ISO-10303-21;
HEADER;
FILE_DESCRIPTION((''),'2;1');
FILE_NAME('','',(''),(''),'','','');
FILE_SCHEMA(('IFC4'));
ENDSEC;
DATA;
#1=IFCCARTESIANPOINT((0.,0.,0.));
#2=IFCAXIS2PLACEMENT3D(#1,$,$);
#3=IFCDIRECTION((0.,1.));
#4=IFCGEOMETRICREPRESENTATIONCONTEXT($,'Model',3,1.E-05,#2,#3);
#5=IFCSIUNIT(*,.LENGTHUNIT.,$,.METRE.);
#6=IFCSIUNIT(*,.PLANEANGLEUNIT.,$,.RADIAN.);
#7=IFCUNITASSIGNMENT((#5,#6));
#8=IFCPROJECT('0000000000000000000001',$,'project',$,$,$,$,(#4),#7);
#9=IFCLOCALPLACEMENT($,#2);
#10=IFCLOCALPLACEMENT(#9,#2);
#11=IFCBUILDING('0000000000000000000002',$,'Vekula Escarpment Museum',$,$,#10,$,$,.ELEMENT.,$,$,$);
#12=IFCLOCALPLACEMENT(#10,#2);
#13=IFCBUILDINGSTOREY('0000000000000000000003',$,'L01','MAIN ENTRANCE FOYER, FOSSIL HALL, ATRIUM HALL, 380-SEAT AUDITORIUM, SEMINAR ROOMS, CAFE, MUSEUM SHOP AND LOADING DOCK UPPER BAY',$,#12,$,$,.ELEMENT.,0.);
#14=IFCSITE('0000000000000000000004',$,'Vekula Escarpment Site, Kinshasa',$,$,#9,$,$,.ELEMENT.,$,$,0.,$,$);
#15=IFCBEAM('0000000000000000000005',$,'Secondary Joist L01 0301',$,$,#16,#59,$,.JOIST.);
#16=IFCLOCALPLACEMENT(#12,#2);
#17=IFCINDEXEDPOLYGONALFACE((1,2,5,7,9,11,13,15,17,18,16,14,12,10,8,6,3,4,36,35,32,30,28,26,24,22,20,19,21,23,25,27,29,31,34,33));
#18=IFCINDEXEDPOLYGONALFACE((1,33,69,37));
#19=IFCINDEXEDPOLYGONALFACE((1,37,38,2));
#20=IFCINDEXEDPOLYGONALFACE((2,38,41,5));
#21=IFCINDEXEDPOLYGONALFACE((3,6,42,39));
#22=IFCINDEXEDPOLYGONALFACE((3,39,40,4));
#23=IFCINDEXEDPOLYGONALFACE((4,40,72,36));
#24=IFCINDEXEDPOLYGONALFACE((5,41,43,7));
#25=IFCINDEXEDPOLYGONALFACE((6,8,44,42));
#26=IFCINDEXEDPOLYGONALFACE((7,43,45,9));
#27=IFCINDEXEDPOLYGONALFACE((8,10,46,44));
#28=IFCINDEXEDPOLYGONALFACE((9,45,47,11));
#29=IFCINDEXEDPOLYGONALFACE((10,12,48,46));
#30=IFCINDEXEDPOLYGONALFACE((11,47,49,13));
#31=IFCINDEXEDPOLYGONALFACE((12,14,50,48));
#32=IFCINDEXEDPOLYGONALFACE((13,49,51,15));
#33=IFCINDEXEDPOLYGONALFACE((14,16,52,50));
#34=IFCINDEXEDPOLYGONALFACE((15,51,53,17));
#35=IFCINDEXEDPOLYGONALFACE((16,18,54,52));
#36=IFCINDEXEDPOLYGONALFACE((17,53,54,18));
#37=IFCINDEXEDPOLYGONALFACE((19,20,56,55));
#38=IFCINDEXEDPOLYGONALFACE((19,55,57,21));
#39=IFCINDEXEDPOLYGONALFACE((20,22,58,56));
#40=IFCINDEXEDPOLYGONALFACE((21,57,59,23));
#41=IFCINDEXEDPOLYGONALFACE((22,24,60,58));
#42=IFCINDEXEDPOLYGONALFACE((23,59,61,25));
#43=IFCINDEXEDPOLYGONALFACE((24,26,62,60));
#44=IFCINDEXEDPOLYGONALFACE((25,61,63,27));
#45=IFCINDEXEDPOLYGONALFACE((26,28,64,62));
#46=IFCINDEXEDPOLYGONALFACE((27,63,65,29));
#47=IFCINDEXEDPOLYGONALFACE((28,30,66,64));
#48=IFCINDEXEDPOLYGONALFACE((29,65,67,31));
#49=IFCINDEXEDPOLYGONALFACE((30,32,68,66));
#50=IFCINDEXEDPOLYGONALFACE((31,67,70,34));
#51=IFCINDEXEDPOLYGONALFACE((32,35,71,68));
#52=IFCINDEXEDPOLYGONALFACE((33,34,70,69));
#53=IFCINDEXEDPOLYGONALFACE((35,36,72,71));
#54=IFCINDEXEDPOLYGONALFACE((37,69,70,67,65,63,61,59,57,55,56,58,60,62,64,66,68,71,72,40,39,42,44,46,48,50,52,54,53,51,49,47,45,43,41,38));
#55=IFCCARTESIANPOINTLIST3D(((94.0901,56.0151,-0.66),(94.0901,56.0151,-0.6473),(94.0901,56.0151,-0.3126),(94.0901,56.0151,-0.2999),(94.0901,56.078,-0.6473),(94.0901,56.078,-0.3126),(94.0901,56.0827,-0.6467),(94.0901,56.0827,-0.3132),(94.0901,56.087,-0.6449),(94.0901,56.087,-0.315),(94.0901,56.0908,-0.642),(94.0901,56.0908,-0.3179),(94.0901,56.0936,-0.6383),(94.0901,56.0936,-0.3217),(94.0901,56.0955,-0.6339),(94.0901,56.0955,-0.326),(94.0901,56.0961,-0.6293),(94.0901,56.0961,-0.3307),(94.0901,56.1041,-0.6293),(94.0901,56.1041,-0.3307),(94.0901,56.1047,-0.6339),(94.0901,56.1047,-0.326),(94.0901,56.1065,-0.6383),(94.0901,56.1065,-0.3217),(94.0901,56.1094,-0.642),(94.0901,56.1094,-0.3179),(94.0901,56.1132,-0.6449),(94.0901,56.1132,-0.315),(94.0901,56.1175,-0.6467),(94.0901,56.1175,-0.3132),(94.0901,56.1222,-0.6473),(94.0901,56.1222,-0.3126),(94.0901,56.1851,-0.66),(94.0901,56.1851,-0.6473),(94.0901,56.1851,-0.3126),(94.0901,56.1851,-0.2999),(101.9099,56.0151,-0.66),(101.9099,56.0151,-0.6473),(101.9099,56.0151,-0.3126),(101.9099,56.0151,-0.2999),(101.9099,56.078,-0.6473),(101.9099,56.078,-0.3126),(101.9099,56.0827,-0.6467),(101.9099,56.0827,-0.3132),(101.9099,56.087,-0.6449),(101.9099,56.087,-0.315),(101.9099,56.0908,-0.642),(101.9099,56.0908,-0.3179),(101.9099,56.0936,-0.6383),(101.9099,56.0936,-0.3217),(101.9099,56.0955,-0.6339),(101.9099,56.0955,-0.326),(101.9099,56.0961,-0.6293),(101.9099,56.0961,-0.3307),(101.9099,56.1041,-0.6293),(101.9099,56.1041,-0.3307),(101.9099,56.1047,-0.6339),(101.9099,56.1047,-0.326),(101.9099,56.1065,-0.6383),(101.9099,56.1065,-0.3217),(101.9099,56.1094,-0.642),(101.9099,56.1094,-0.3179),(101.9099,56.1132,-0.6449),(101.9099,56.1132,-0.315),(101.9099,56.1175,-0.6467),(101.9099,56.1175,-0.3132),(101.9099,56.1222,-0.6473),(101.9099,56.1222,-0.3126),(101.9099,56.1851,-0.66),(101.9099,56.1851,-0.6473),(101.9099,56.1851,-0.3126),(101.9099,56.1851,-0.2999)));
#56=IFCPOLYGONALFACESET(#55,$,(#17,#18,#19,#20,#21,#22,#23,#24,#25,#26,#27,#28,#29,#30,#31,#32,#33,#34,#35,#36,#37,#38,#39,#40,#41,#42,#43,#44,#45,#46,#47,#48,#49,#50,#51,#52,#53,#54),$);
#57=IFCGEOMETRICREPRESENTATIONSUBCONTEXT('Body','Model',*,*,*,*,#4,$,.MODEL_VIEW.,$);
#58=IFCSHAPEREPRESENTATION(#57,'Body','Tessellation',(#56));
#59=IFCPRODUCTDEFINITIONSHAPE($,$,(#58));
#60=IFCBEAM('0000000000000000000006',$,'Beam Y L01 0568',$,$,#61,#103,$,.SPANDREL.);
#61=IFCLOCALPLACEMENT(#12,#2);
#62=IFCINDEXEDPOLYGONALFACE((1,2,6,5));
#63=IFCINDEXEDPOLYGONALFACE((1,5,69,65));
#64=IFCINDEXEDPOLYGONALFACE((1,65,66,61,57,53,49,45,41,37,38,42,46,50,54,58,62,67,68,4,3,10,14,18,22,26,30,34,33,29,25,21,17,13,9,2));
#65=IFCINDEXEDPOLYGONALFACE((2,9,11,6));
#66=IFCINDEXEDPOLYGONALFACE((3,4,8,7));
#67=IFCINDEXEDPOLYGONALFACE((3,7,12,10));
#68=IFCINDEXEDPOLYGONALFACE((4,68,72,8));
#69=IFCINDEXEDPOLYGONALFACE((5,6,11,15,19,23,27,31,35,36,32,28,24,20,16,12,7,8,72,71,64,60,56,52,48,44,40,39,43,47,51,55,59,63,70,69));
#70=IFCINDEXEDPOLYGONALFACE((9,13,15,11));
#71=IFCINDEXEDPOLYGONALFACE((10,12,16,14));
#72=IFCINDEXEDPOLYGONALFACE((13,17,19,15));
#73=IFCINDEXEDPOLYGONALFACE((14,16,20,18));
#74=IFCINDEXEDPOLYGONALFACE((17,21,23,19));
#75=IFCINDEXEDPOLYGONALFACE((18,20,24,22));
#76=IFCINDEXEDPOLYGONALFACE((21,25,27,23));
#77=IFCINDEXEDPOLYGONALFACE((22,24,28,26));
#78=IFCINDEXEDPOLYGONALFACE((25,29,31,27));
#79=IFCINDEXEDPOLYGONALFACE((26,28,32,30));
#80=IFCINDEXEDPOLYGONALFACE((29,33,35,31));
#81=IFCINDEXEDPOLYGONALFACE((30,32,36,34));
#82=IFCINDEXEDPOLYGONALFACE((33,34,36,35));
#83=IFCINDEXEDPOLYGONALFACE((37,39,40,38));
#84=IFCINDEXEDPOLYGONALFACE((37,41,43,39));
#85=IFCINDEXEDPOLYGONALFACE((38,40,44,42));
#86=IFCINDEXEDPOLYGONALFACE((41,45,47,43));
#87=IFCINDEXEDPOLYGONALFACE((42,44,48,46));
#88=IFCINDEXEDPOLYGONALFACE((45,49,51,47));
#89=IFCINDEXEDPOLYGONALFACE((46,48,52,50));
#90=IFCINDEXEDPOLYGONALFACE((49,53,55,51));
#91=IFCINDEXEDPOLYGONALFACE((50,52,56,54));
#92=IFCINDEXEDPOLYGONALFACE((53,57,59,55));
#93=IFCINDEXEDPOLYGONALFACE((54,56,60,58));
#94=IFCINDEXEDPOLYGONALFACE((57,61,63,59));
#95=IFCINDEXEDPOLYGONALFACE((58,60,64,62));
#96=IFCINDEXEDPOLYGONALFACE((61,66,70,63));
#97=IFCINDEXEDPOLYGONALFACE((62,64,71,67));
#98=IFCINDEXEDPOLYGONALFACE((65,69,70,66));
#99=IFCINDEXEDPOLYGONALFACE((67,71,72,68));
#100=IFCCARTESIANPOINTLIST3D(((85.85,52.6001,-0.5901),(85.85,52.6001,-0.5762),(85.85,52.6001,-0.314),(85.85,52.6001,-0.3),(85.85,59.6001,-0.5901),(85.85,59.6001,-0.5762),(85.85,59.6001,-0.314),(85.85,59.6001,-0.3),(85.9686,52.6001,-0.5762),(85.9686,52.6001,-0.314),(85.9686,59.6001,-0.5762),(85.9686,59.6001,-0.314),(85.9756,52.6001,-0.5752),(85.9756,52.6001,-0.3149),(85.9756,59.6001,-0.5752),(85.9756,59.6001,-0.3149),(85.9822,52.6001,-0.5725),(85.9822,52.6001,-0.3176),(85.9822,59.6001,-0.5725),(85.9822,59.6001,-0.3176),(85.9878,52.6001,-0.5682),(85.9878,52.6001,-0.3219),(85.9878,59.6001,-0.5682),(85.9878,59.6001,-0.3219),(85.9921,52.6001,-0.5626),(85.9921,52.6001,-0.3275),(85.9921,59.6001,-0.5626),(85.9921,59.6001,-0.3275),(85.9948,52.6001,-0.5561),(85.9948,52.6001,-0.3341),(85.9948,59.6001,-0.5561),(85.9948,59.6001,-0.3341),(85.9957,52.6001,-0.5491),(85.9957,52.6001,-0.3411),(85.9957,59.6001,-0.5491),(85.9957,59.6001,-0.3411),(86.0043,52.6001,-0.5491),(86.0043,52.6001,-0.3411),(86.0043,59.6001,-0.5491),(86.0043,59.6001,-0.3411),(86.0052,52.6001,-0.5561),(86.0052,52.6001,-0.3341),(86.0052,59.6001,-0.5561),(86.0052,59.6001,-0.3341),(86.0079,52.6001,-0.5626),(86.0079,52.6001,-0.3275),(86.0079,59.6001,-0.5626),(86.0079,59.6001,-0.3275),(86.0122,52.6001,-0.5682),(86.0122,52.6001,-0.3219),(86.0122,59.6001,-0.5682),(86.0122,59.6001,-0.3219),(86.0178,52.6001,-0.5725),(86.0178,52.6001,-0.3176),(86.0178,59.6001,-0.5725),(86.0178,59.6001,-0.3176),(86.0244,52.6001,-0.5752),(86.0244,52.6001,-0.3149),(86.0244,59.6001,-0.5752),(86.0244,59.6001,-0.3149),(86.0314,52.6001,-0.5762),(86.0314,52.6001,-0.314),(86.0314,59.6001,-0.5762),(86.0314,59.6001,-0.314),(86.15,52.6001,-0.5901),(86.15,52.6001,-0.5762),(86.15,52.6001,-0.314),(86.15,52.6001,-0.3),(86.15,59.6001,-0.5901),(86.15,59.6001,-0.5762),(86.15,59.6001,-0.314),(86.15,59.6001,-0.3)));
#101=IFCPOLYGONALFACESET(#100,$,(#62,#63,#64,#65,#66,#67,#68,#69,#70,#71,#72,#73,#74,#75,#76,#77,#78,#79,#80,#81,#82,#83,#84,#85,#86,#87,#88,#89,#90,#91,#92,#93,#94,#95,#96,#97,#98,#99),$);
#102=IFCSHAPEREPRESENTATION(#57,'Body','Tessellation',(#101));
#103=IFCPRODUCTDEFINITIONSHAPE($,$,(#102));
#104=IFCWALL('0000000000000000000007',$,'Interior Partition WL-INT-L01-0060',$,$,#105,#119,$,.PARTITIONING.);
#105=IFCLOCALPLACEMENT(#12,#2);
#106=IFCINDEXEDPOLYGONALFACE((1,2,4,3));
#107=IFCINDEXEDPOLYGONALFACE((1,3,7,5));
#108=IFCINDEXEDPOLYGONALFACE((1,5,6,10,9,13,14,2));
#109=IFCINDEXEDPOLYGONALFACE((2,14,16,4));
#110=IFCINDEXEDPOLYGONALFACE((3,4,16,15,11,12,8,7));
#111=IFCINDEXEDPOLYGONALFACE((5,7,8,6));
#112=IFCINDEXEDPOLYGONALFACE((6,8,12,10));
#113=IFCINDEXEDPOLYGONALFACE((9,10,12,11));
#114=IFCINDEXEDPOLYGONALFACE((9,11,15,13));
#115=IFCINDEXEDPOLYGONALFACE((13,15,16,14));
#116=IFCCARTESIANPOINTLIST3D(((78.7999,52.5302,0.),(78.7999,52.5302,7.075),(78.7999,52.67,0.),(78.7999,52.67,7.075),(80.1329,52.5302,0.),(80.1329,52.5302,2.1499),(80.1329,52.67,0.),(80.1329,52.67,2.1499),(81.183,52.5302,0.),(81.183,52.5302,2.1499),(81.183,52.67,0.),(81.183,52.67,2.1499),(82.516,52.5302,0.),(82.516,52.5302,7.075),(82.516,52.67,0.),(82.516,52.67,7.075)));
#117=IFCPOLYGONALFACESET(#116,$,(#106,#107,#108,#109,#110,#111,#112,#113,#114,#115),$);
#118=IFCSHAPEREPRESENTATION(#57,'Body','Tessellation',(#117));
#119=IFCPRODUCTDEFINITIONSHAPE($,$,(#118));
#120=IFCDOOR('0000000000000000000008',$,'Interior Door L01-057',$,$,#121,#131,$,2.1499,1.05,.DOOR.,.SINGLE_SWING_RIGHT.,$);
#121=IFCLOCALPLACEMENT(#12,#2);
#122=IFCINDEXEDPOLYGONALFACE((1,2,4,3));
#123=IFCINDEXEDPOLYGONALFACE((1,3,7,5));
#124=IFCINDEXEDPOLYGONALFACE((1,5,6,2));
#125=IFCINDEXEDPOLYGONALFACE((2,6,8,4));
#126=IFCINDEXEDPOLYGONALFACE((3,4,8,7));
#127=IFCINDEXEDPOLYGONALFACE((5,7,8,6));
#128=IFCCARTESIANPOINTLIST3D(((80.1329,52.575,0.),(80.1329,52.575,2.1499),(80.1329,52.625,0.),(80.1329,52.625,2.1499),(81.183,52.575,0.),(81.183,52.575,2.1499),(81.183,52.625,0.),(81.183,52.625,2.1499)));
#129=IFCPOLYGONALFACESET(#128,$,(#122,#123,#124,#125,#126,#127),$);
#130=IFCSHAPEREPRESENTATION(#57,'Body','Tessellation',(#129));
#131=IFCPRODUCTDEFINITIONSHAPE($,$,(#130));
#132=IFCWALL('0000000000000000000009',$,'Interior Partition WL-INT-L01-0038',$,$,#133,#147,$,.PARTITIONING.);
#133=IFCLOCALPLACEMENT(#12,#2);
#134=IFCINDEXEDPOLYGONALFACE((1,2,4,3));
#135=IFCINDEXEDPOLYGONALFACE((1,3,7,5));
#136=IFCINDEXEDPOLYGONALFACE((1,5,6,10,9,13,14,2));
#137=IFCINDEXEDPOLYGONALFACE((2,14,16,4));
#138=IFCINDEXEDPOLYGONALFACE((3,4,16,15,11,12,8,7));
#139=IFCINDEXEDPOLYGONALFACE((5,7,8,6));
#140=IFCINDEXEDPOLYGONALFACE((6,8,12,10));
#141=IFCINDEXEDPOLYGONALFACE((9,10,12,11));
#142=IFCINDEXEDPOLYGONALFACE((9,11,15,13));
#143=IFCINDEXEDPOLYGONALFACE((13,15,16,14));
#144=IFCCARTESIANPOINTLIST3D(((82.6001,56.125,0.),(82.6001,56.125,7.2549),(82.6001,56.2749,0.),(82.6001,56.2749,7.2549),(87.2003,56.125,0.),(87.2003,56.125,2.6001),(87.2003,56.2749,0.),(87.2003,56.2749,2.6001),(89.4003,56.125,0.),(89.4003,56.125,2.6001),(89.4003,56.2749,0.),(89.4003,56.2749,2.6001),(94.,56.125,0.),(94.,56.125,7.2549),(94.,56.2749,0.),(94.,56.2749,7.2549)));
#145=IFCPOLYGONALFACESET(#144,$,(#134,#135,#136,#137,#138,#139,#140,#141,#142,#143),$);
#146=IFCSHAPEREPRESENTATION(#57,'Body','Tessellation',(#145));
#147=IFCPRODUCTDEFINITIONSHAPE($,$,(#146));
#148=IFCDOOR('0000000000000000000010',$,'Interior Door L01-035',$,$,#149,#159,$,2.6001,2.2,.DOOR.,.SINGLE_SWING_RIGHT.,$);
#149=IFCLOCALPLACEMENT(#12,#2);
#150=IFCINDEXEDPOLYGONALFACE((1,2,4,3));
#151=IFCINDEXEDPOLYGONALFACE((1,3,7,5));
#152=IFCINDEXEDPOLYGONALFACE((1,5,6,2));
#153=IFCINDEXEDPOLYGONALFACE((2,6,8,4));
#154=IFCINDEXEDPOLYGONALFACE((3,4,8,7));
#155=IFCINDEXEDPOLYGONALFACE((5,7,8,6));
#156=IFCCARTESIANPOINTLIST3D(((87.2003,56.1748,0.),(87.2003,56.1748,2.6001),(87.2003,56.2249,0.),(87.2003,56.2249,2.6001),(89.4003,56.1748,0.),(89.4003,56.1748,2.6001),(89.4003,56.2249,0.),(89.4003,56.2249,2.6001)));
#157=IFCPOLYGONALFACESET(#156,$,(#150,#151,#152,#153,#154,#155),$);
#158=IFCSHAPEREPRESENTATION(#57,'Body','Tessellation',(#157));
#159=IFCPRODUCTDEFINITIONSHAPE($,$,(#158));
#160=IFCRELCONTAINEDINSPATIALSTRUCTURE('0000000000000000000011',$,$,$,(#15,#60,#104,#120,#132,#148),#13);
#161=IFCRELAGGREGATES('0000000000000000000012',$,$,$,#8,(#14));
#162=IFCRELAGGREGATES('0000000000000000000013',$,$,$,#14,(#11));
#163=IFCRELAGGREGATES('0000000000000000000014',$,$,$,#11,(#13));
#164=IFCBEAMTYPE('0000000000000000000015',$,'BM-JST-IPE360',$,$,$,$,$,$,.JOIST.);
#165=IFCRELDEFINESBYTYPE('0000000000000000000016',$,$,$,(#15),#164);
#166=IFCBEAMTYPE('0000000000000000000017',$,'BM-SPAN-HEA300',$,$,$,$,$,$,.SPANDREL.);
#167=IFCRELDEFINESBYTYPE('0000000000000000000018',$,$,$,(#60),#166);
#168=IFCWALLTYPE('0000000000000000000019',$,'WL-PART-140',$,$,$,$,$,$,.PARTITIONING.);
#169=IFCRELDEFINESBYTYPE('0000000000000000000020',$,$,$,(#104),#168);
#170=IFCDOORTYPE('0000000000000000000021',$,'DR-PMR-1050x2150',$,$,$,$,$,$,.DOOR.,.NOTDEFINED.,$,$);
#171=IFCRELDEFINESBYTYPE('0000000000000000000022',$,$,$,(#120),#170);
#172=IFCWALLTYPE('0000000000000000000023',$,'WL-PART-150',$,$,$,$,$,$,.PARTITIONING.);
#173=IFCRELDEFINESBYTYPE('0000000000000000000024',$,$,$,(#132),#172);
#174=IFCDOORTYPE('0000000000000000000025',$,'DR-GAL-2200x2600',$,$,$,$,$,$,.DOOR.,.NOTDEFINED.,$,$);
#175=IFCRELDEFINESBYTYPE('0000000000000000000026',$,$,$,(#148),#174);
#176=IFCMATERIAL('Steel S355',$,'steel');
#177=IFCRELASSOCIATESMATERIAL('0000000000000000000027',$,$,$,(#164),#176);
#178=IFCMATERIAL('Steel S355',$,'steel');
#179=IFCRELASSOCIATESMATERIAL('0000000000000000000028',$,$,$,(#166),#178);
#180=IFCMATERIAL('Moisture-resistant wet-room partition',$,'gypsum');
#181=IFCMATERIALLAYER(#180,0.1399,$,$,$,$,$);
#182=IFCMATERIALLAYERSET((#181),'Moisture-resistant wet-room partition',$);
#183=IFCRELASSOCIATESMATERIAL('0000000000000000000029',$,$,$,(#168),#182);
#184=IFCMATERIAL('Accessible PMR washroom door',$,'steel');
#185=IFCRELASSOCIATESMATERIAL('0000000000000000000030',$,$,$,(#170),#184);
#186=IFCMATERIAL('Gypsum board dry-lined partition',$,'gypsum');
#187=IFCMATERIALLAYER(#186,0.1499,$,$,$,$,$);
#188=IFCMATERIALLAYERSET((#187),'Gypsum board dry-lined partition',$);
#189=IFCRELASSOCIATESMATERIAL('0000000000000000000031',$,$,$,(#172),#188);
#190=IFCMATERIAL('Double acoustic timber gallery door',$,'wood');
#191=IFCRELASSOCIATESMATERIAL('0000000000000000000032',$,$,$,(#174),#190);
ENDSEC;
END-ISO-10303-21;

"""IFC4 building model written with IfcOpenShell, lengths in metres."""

from ifc_helpers import new_model, si_unit, direction, frame, frame_2d, origin, origin_2d, place, context, subcontext, project, spatial, rectangle, i_section, extrude, material, layer, layer_set, material_profile, profile_set, type_object, element, fill, save


model = new_model("IFC4")

# Units and contexts
model_context = context("Model", 3, precision=1e-05, world=origin(), true_north=direction((0.0, 1.0)))
body_context = subcontext(model_context, "Body", "Model", "MODEL_VIEW")
ifc_project = project(units=[si_unit("LENGTHUNIT", "METRE"), si_unit("PLANEANGLEUNIT", "RADIAN")], contexts=[model_context])

# Site, building, storey
site_placement = place(None, origin())
site = spatial("IfcSite", under=ifc_project, at=site_placement, Name="Vekula Escarpment Site, Kinshasa", CompositionType="ELEMENT", RefElevation=0.0)
building_placement = place(site_placement, origin())
building = spatial("IfcBuilding", under=site, at=building_placement, Name="Vekula Escarpment Museum", CompositionType="ELEMENT")
storey_placement = place(building_placement, origin())
storey = spatial("IfcBuildingStorey", under=building, at=storey_placement, Name="L01", Description="MAIN ENTRANCE FOYER, FOSSIL HALL, ATRIUM HALL, 380-SEAT AUDITORIUM, SEMINAR ROOMS, CAFE, MUSEUM SHOP AND LOADING DOCK UPPER BAY", CompositionType="ELEMENT", Elevation=0.0)

# Beams
ifc_material_1 = material(Name="Steel S355", Category="steel")
ifc_material_profile_1 = material_profile(ifc_material_1, i_section(OverallWidth=0.1699, OverallDepth=0.3601, WebThickness=0.0081, FlangeThickness=0.0127, FilletRadius=0.0181, at=origin_2d()), Name="IPE 360")
ifc_profile_set_1 = profile_set([ifc_material_profile_1], Name="Steel S355")
beam_type_1 = type_object("IfcBeamType", Name="BM-JST-IPE360", PredefinedType="JOIST", material=ifc_profile_set_1)
beam_1_placement = place(storey_placement, frame((94.0901, 56.1001, -0.48), z_axis=(1.0, 0.0, 0.0), x_axis=(0.0, 1.0, 0.0)))
element("IfcBeam", 1, at=beam_1_placement, inside=storey, type_object=beam_type_1, Name="Secondary Joist L01 0301", PredefinedType="JOIST", context=body_context, shape_type="SweptSolid", body=[
    extrude(i_section(OverallWidth=0.1699, OverallDepth=0.3601, WebThickness=0.0081, FlangeThickness=0.0127, FilletRadius=0.0181, at=origin_2d()), origin(), (0.0, 0.0, 1.0), 7.8198),
])
ifc_material_2 = material(Name="Steel S355", Category="steel")
ifc_material_profile_2 = material_profile(ifc_material_2, i_section(OverallWidth=0.3, OverallDepth=0.29, WebThickness=0.0085, FlangeThickness=0.0139, FilletRadius=0.0271, at=origin_2d()), Name="HEA 300")
ifc_profile_set_2 = profile_set([ifc_material_profile_2], Name="Steel S355")
beam_type_2 = type_object("IfcBeamType", Name="BM-SPAN-HEA300", PredefinedType="SPANDREL", material=ifc_profile_set_2)
beam_2_placement = place(storey_placement, frame((86.0, 52.6001, -0.4451), z_axis=(0.0, 1.0, 0.0), x_axis=(-1.0, 0.0, 0.0)))
element("IfcBeam", 2, at=beam_2_placement, inside=storey, type_object=beam_type_2, Name="Beam Y L01 0568", PredefinedType="SPANDREL", context=body_context, shape_type="SweptSolid", body=[
    extrude(i_section(OverallWidth=0.3, OverallDepth=0.29, WebThickness=0.0085, FlangeThickness=0.0139, FilletRadius=0.0271, at=origin_2d()), origin(), (0.0, 0.0, 1.0), 7.0),
])

# Walls, openings, doors
ifc_material_3 = material(Name="Moisture-resistant wet-room partition", Category="gypsum")
ifc_layer_1 = layer(ifc_material_3, 0.1399)
ifc_layer_set_1 = layer_set([ifc_layer_1], Name="Moisture-resistant wet-room partition")
wall_type_1 = type_object("IfcWallType", Name="WL-PART-140", PredefinedType="PARTITIONING", material=ifc_layer_set_1)
wall_1_placement = place(storey_placement, frame((78.8, 52.6001, 0.0), z_axis=(0.0, 0.0, 1.0), x_axis=(1.0, 0.0, 0.0)))
wall_1 = element("IfcWall", 3, at=wall_1_placement, inside=storey, type_object=wall_type_1, Name="Interior Partition WL-INT-L01-0060", PredefinedType="PARTITIONING", context=body_context, shape_type="SweptSolid", body=[
    extrude(rectangle(XDim=3.7161, YDim=0.1399, at=frame_2d((1.8579, 0.0))), origin(), (0.0, 0.0, 1.0), 7.075),
])
opening_1_placement = place(wall_1_placement, frame((1.333, 0.0, 0.0)))
opening_1 = element("IfcOpeningElement", 4, at=opening_1_placement, cuts=wall_1, PredefinedType="OPENING", context=body_context, shape_type="SweptSolid", body=[
    extrude(rectangle(XDim=1.05, YDim=2.1499, at=frame_2d((0.5249, 1.075))), frame((0.0, 0.0798, 0.0), z_axis=(0.0, -1.0, 0.0), x_axis=(1.0, 0.0, 0.0)), (0.0, 0.0, 1.0), 0.1599),
])
ifc_material_4 = material(Name="Accessible PMR washroom door", Category="steel")
door_type_1 = type_object("IfcDoorType", Name="DR-PMR-1050x2150", OperationType="NOTDEFINED", PredefinedType="DOOR", material=ifc_material_4)
door_1_placement = place(opening_1_placement, origin())
door_1 = element("IfcDoor", 5, at=door_1_placement, inside=storey, type_object=door_type_1, Name="Interior Door L01-057", OperationType="SINGLE_SWING_RIGHT", OverallHeight=2.1499, OverallWidth=1.05, PredefinedType="DOOR", context=body_context, shape_type="SweptSolid", body=[
    extrude(rectangle(XDim=1.05, YDim=2.1499, at=frame_2d((0.5249, 1.075))), frame((0.0, 0.0249, 0.0), z_axis=(0.0, -1.0, 0.0), x_axis=(1.0, 0.0, 0.0)), (0.0, 0.0, 1.0), 0.05),
])
fill(opening_1, door_1)
ifc_material_5 = material(Name="Gypsum board dry-lined partition", Category="gypsum")
ifc_layer_2 = layer(ifc_material_5, 0.1499)
ifc_layer_set_2 = layer_set([ifc_layer_2], Name="Gypsum board dry-lined partition")
wall_type_2 = type_object("IfcWallType", Name="WL-PART-150", PredefinedType="PARTITIONING", material=ifc_layer_set_2)
wall_2_placement = place(storey_placement, frame((82.6001, 56.2, 0.0), z_axis=(0.0, 0.0, 1.0), x_axis=(1.0, 0.0, 0.0)))
wall_2 = element("IfcWall", 6, at=wall_2_placement, inside=storey, type_object=wall_type_2, Name="Interior Partition WL-INT-L01-0038", PredefinedType="PARTITIONING", context=body_context, shape_type="SweptSolid", body=[
    extrude(rectangle(XDim=11.3999, YDim=0.1499, at=frame_2d((5.7, 0.0))), origin(), (0.0, 0.0, 1.0), 7.2549),
])
opening_2_placement = place(wall_2_placement, frame((4.6001, 0.0, 0.0)))
opening_2 = element("IfcOpeningElement", 7, at=opening_2_placement, cuts=wall_2, PredefinedType="OPENING", context=body_context, shape_type="SweptSolid", body=[
    extrude(rectangle(XDim=2.2, YDim=2.6001, at=frame_2d((1.1001, 1.3))), frame((0.0, 0.085, 0.0), z_axis=(0.0, -1.0, 0.0), x_axis=(1.0, 0.0, 0.0)), (0.0, 0.0, 1.0), 0.1699),
])
ifc_material_6 = material(Name="Double acoustic timber gallery door", Category="wood")
door_type_2 = type_object("IfcDoorType", Name="DR-GAL-2200x2600", OperationType="NOTDEFINED", PredefinedType="DOOR", material=ifc_material_6)
door_2_placement = place(opening_2_placement, origin())
door_2 = element("IfcDoor", 8, at=door_2_placement, inside=storey, type_object=door_type_2, Name="Interior Door L01-035", OperationType="SINGLE_SWING_RIGHT", OverallHeight=2.6001, OverallWidth=2.2, PredefinedType="DOOR", context=body_context, shape_type="SweptSolid", body=[
    extrude(rectangle(XDim=2.2, YDim=2.6001, at=frame_2d((1.1001, 1.3))), frame((0.0, 0.0249, 0.0), z_axis=(0.0, -1.0, 0.0), x_axis=(1.0, 0.0, 0.0)), (0.0, 0.0, 1.0), 0.05),
])
fill(opening_2, door_2)

save(model, "model.ifc")
